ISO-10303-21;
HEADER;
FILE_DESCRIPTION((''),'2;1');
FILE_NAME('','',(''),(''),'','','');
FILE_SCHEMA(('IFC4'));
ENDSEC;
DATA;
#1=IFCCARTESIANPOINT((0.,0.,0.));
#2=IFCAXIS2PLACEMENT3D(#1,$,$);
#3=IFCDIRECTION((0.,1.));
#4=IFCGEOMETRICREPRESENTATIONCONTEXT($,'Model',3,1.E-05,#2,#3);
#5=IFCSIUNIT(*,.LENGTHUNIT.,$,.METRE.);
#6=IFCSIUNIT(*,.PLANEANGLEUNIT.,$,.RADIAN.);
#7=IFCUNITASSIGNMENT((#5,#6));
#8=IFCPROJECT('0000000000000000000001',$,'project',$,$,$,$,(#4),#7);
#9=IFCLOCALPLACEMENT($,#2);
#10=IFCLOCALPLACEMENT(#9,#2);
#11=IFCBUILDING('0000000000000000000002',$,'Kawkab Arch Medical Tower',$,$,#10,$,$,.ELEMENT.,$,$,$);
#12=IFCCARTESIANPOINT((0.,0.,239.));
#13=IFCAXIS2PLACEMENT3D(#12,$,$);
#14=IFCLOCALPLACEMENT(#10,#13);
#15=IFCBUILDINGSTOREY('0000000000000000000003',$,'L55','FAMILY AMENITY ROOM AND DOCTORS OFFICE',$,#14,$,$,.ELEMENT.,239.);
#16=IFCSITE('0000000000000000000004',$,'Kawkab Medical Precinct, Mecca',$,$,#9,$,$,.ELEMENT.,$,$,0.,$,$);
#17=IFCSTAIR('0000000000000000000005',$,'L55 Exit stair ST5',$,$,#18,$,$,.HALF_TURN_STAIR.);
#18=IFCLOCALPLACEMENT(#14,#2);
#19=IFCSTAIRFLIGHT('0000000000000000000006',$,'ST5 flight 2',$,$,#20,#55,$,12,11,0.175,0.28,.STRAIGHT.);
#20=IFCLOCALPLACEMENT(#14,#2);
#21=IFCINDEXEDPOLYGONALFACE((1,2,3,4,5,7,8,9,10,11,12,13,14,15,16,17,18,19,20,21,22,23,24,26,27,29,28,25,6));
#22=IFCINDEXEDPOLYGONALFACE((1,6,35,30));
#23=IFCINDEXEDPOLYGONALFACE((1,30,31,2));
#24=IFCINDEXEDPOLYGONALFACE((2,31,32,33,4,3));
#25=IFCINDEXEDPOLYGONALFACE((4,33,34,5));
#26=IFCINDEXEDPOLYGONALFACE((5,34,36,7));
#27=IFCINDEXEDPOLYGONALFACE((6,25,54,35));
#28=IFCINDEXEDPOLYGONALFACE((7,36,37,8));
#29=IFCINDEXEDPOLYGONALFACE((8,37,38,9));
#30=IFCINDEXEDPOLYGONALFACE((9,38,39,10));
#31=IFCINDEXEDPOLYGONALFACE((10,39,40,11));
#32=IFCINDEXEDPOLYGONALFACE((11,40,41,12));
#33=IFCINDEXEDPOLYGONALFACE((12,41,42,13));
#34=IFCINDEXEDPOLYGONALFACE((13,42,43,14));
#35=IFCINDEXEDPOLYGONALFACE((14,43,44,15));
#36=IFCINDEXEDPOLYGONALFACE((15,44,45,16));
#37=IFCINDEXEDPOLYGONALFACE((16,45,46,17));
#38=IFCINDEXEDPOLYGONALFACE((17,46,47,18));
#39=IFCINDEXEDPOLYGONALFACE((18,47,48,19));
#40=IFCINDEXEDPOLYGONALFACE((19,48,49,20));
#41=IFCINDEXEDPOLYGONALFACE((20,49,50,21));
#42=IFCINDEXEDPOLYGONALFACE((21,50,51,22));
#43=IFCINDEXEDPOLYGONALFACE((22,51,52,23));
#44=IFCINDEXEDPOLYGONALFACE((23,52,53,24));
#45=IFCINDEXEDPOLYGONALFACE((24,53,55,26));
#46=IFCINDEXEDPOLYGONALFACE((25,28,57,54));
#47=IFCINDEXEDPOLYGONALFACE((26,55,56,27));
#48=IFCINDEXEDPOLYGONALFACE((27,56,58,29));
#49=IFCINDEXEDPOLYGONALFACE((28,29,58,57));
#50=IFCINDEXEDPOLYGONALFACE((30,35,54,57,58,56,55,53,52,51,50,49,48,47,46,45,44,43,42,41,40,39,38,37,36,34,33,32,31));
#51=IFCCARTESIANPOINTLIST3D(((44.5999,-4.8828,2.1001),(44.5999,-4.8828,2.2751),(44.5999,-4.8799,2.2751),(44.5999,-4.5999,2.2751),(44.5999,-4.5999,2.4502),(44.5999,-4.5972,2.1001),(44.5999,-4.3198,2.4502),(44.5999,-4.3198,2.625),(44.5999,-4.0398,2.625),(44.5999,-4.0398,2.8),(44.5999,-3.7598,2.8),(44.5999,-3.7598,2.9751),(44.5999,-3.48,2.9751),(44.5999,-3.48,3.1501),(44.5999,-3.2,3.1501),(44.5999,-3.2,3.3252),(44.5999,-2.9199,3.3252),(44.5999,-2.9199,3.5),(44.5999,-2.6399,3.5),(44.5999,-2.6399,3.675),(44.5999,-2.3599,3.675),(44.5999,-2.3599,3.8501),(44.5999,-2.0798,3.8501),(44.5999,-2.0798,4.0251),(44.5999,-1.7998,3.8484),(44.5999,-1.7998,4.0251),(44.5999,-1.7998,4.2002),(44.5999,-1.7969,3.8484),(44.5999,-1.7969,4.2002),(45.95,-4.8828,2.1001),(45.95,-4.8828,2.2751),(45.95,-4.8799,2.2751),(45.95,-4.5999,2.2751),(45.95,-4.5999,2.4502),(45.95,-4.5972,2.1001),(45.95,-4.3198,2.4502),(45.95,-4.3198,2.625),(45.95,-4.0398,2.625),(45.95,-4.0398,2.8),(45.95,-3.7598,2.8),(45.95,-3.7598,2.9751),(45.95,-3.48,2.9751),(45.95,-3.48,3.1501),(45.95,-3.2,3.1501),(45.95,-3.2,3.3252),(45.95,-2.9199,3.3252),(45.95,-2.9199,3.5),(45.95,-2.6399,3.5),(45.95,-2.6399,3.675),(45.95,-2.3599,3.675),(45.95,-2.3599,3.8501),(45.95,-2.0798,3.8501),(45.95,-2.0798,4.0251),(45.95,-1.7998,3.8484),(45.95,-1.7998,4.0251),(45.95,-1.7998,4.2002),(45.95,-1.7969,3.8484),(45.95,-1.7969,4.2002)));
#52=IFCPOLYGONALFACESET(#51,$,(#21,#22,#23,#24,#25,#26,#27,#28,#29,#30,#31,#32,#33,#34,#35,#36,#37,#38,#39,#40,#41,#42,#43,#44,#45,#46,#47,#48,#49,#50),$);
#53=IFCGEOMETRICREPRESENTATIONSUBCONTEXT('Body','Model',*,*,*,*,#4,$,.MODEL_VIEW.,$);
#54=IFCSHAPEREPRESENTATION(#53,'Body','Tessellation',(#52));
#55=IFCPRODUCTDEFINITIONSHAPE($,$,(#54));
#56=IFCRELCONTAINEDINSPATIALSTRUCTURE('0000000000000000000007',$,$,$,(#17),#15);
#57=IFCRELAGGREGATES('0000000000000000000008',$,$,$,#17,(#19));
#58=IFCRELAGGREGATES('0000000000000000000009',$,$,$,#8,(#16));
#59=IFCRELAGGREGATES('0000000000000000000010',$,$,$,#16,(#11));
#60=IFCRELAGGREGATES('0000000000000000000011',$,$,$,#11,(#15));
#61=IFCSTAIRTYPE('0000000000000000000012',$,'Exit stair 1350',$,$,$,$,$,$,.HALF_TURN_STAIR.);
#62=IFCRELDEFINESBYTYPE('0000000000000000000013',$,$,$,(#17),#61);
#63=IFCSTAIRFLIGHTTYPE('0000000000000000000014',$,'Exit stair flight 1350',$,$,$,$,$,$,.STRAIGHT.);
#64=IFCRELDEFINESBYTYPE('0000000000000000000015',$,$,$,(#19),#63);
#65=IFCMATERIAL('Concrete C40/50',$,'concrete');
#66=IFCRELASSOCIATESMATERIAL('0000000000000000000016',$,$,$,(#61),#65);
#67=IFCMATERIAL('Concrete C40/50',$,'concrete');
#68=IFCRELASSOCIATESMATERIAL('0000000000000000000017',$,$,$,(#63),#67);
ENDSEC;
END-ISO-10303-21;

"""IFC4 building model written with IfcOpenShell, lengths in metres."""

from ifc_helpers import new_model, si_unit, direction, frame, origin, place, context, subcontext, project, spatial, polyline, outline, extrude, material, type_object, element, aggregate, save


model = new_model("IFC4")

# Units and contexts
model_context = context("Model", 3, precision=1e-05, world=origin(), true_north=direction((0.0, 1.0)))
body_context = subcontext(model_context, "Body", "Model", "MODEL_VIEW")
ifc_project = project(units=[si_unit("LENGTHUNIT", "METRE"), si_unit("PLANEANGLEUNIT", "RADIAN")], contexts=[model_context])

# Site, building, storey
site_placement = place(None, origin())
site = spatial("IfcSite", under=ifc_project, at=site_placement, Name="Kawkab Medical Precinct, Mecca", CompositionType="ELEMENT", RefElevation=0.0)
building_placement = place(site_placement, origin())
building = spatial("IfcBuilding", under=site, at=building_placement, Name="Kawkab Arch Medical Tower", CompositionType="ELEMENT")
storey_placement = place(building_placement, frame((0.0, 0.0, 239.0)))
storey = spatial("IfcBuildingStorey", under=building, at=storey_placement, Name="L55", Description="FAMILY AMENITY ROOM AND DOCTORS OFFICE", CompositionType="ELEMENT", Elevation=239.0)

# Stair, stair flight
ifc_material_1 = material(Name="Concrete C40/50", Category="concrete")
stair_type = type_object("IfcStairType", Name="Exit stair 1350", PredefinedType="HALF_TURN_STAIR", material=ifc_material_1)
stair_placement = place(storey_placement, origin())
stair = element("IfcStair", 1, at=stair_placement, inside=storey, type_object=stair_type, Name="L55 Exit stair ST5", PredefinedType="HALF_TURN_STAIR")
ifc_material_2 = material(Name="Concrete C40/50", Category="concrete")
stair_flight_type = type_object("IfcStairFlightType", Name="Exit stair flight 1350", PredefinedType="STRAIGHT", material=ifc_material_2)
stair_flight_placement = place(storey_placement, frame((45.2749, -4.8799, 2.1001), z_axis=(0.0, 0.0, 1.0), x_axis=(0.0, 1.0, 0.0)))
stair_flight = element("IfcStairFlight", 2, at=stair_flight_placement, type_object=stair_flight_type, Name="ST5 flight 2", NumberOfRisers=12, NumberOfTreads=11, PredefinedType="STRAIGHT", RiserHeight=0.175, TreadLength=0.28, context=body_context, shape_type="SweptSolid", body=[
    extrude(outline(polyline([(-0.0029, 0.0), (-0.0029, 0.175), (0.0, 0.175), (0.28, 0.175), (0.28, 0.3501), (0.5601, 0.3501), (0.5601, 0.5249), (0.8401, 0.5249), (0.8401, 0.7), (1.1201, 0.7), (1.1201, 0.875), (1.3999, 0.875), (1.3999, 1.05), (1.6799, 1.05), (1.6799, 1.2251), (1.96, 1.2251), (1.96, 1.3999), (2.24, 1.3999), (2.24, 1.575), (2.52, 1.575), (2.52, 1.75), (2.8, 1.75), (2.8, 1.925), (3.0801, 1.925), (3.0801, 2.1001), (3.083, 2.1001), (3.083, 1.7483), (3.0801, 1.7483), (0.2827, 0.0), (-0.0029, 0.0)])), frame((0.0, 0.675, 0.0), z_axis=(0.0, -1.0, 0.0), x_axis=(1.0, 0.0, 0.0)), (0.0, 0.0, 1.0), 1.3501),
])
aggregate(stair, [stair_flight])

save(model, "model.ifc")
